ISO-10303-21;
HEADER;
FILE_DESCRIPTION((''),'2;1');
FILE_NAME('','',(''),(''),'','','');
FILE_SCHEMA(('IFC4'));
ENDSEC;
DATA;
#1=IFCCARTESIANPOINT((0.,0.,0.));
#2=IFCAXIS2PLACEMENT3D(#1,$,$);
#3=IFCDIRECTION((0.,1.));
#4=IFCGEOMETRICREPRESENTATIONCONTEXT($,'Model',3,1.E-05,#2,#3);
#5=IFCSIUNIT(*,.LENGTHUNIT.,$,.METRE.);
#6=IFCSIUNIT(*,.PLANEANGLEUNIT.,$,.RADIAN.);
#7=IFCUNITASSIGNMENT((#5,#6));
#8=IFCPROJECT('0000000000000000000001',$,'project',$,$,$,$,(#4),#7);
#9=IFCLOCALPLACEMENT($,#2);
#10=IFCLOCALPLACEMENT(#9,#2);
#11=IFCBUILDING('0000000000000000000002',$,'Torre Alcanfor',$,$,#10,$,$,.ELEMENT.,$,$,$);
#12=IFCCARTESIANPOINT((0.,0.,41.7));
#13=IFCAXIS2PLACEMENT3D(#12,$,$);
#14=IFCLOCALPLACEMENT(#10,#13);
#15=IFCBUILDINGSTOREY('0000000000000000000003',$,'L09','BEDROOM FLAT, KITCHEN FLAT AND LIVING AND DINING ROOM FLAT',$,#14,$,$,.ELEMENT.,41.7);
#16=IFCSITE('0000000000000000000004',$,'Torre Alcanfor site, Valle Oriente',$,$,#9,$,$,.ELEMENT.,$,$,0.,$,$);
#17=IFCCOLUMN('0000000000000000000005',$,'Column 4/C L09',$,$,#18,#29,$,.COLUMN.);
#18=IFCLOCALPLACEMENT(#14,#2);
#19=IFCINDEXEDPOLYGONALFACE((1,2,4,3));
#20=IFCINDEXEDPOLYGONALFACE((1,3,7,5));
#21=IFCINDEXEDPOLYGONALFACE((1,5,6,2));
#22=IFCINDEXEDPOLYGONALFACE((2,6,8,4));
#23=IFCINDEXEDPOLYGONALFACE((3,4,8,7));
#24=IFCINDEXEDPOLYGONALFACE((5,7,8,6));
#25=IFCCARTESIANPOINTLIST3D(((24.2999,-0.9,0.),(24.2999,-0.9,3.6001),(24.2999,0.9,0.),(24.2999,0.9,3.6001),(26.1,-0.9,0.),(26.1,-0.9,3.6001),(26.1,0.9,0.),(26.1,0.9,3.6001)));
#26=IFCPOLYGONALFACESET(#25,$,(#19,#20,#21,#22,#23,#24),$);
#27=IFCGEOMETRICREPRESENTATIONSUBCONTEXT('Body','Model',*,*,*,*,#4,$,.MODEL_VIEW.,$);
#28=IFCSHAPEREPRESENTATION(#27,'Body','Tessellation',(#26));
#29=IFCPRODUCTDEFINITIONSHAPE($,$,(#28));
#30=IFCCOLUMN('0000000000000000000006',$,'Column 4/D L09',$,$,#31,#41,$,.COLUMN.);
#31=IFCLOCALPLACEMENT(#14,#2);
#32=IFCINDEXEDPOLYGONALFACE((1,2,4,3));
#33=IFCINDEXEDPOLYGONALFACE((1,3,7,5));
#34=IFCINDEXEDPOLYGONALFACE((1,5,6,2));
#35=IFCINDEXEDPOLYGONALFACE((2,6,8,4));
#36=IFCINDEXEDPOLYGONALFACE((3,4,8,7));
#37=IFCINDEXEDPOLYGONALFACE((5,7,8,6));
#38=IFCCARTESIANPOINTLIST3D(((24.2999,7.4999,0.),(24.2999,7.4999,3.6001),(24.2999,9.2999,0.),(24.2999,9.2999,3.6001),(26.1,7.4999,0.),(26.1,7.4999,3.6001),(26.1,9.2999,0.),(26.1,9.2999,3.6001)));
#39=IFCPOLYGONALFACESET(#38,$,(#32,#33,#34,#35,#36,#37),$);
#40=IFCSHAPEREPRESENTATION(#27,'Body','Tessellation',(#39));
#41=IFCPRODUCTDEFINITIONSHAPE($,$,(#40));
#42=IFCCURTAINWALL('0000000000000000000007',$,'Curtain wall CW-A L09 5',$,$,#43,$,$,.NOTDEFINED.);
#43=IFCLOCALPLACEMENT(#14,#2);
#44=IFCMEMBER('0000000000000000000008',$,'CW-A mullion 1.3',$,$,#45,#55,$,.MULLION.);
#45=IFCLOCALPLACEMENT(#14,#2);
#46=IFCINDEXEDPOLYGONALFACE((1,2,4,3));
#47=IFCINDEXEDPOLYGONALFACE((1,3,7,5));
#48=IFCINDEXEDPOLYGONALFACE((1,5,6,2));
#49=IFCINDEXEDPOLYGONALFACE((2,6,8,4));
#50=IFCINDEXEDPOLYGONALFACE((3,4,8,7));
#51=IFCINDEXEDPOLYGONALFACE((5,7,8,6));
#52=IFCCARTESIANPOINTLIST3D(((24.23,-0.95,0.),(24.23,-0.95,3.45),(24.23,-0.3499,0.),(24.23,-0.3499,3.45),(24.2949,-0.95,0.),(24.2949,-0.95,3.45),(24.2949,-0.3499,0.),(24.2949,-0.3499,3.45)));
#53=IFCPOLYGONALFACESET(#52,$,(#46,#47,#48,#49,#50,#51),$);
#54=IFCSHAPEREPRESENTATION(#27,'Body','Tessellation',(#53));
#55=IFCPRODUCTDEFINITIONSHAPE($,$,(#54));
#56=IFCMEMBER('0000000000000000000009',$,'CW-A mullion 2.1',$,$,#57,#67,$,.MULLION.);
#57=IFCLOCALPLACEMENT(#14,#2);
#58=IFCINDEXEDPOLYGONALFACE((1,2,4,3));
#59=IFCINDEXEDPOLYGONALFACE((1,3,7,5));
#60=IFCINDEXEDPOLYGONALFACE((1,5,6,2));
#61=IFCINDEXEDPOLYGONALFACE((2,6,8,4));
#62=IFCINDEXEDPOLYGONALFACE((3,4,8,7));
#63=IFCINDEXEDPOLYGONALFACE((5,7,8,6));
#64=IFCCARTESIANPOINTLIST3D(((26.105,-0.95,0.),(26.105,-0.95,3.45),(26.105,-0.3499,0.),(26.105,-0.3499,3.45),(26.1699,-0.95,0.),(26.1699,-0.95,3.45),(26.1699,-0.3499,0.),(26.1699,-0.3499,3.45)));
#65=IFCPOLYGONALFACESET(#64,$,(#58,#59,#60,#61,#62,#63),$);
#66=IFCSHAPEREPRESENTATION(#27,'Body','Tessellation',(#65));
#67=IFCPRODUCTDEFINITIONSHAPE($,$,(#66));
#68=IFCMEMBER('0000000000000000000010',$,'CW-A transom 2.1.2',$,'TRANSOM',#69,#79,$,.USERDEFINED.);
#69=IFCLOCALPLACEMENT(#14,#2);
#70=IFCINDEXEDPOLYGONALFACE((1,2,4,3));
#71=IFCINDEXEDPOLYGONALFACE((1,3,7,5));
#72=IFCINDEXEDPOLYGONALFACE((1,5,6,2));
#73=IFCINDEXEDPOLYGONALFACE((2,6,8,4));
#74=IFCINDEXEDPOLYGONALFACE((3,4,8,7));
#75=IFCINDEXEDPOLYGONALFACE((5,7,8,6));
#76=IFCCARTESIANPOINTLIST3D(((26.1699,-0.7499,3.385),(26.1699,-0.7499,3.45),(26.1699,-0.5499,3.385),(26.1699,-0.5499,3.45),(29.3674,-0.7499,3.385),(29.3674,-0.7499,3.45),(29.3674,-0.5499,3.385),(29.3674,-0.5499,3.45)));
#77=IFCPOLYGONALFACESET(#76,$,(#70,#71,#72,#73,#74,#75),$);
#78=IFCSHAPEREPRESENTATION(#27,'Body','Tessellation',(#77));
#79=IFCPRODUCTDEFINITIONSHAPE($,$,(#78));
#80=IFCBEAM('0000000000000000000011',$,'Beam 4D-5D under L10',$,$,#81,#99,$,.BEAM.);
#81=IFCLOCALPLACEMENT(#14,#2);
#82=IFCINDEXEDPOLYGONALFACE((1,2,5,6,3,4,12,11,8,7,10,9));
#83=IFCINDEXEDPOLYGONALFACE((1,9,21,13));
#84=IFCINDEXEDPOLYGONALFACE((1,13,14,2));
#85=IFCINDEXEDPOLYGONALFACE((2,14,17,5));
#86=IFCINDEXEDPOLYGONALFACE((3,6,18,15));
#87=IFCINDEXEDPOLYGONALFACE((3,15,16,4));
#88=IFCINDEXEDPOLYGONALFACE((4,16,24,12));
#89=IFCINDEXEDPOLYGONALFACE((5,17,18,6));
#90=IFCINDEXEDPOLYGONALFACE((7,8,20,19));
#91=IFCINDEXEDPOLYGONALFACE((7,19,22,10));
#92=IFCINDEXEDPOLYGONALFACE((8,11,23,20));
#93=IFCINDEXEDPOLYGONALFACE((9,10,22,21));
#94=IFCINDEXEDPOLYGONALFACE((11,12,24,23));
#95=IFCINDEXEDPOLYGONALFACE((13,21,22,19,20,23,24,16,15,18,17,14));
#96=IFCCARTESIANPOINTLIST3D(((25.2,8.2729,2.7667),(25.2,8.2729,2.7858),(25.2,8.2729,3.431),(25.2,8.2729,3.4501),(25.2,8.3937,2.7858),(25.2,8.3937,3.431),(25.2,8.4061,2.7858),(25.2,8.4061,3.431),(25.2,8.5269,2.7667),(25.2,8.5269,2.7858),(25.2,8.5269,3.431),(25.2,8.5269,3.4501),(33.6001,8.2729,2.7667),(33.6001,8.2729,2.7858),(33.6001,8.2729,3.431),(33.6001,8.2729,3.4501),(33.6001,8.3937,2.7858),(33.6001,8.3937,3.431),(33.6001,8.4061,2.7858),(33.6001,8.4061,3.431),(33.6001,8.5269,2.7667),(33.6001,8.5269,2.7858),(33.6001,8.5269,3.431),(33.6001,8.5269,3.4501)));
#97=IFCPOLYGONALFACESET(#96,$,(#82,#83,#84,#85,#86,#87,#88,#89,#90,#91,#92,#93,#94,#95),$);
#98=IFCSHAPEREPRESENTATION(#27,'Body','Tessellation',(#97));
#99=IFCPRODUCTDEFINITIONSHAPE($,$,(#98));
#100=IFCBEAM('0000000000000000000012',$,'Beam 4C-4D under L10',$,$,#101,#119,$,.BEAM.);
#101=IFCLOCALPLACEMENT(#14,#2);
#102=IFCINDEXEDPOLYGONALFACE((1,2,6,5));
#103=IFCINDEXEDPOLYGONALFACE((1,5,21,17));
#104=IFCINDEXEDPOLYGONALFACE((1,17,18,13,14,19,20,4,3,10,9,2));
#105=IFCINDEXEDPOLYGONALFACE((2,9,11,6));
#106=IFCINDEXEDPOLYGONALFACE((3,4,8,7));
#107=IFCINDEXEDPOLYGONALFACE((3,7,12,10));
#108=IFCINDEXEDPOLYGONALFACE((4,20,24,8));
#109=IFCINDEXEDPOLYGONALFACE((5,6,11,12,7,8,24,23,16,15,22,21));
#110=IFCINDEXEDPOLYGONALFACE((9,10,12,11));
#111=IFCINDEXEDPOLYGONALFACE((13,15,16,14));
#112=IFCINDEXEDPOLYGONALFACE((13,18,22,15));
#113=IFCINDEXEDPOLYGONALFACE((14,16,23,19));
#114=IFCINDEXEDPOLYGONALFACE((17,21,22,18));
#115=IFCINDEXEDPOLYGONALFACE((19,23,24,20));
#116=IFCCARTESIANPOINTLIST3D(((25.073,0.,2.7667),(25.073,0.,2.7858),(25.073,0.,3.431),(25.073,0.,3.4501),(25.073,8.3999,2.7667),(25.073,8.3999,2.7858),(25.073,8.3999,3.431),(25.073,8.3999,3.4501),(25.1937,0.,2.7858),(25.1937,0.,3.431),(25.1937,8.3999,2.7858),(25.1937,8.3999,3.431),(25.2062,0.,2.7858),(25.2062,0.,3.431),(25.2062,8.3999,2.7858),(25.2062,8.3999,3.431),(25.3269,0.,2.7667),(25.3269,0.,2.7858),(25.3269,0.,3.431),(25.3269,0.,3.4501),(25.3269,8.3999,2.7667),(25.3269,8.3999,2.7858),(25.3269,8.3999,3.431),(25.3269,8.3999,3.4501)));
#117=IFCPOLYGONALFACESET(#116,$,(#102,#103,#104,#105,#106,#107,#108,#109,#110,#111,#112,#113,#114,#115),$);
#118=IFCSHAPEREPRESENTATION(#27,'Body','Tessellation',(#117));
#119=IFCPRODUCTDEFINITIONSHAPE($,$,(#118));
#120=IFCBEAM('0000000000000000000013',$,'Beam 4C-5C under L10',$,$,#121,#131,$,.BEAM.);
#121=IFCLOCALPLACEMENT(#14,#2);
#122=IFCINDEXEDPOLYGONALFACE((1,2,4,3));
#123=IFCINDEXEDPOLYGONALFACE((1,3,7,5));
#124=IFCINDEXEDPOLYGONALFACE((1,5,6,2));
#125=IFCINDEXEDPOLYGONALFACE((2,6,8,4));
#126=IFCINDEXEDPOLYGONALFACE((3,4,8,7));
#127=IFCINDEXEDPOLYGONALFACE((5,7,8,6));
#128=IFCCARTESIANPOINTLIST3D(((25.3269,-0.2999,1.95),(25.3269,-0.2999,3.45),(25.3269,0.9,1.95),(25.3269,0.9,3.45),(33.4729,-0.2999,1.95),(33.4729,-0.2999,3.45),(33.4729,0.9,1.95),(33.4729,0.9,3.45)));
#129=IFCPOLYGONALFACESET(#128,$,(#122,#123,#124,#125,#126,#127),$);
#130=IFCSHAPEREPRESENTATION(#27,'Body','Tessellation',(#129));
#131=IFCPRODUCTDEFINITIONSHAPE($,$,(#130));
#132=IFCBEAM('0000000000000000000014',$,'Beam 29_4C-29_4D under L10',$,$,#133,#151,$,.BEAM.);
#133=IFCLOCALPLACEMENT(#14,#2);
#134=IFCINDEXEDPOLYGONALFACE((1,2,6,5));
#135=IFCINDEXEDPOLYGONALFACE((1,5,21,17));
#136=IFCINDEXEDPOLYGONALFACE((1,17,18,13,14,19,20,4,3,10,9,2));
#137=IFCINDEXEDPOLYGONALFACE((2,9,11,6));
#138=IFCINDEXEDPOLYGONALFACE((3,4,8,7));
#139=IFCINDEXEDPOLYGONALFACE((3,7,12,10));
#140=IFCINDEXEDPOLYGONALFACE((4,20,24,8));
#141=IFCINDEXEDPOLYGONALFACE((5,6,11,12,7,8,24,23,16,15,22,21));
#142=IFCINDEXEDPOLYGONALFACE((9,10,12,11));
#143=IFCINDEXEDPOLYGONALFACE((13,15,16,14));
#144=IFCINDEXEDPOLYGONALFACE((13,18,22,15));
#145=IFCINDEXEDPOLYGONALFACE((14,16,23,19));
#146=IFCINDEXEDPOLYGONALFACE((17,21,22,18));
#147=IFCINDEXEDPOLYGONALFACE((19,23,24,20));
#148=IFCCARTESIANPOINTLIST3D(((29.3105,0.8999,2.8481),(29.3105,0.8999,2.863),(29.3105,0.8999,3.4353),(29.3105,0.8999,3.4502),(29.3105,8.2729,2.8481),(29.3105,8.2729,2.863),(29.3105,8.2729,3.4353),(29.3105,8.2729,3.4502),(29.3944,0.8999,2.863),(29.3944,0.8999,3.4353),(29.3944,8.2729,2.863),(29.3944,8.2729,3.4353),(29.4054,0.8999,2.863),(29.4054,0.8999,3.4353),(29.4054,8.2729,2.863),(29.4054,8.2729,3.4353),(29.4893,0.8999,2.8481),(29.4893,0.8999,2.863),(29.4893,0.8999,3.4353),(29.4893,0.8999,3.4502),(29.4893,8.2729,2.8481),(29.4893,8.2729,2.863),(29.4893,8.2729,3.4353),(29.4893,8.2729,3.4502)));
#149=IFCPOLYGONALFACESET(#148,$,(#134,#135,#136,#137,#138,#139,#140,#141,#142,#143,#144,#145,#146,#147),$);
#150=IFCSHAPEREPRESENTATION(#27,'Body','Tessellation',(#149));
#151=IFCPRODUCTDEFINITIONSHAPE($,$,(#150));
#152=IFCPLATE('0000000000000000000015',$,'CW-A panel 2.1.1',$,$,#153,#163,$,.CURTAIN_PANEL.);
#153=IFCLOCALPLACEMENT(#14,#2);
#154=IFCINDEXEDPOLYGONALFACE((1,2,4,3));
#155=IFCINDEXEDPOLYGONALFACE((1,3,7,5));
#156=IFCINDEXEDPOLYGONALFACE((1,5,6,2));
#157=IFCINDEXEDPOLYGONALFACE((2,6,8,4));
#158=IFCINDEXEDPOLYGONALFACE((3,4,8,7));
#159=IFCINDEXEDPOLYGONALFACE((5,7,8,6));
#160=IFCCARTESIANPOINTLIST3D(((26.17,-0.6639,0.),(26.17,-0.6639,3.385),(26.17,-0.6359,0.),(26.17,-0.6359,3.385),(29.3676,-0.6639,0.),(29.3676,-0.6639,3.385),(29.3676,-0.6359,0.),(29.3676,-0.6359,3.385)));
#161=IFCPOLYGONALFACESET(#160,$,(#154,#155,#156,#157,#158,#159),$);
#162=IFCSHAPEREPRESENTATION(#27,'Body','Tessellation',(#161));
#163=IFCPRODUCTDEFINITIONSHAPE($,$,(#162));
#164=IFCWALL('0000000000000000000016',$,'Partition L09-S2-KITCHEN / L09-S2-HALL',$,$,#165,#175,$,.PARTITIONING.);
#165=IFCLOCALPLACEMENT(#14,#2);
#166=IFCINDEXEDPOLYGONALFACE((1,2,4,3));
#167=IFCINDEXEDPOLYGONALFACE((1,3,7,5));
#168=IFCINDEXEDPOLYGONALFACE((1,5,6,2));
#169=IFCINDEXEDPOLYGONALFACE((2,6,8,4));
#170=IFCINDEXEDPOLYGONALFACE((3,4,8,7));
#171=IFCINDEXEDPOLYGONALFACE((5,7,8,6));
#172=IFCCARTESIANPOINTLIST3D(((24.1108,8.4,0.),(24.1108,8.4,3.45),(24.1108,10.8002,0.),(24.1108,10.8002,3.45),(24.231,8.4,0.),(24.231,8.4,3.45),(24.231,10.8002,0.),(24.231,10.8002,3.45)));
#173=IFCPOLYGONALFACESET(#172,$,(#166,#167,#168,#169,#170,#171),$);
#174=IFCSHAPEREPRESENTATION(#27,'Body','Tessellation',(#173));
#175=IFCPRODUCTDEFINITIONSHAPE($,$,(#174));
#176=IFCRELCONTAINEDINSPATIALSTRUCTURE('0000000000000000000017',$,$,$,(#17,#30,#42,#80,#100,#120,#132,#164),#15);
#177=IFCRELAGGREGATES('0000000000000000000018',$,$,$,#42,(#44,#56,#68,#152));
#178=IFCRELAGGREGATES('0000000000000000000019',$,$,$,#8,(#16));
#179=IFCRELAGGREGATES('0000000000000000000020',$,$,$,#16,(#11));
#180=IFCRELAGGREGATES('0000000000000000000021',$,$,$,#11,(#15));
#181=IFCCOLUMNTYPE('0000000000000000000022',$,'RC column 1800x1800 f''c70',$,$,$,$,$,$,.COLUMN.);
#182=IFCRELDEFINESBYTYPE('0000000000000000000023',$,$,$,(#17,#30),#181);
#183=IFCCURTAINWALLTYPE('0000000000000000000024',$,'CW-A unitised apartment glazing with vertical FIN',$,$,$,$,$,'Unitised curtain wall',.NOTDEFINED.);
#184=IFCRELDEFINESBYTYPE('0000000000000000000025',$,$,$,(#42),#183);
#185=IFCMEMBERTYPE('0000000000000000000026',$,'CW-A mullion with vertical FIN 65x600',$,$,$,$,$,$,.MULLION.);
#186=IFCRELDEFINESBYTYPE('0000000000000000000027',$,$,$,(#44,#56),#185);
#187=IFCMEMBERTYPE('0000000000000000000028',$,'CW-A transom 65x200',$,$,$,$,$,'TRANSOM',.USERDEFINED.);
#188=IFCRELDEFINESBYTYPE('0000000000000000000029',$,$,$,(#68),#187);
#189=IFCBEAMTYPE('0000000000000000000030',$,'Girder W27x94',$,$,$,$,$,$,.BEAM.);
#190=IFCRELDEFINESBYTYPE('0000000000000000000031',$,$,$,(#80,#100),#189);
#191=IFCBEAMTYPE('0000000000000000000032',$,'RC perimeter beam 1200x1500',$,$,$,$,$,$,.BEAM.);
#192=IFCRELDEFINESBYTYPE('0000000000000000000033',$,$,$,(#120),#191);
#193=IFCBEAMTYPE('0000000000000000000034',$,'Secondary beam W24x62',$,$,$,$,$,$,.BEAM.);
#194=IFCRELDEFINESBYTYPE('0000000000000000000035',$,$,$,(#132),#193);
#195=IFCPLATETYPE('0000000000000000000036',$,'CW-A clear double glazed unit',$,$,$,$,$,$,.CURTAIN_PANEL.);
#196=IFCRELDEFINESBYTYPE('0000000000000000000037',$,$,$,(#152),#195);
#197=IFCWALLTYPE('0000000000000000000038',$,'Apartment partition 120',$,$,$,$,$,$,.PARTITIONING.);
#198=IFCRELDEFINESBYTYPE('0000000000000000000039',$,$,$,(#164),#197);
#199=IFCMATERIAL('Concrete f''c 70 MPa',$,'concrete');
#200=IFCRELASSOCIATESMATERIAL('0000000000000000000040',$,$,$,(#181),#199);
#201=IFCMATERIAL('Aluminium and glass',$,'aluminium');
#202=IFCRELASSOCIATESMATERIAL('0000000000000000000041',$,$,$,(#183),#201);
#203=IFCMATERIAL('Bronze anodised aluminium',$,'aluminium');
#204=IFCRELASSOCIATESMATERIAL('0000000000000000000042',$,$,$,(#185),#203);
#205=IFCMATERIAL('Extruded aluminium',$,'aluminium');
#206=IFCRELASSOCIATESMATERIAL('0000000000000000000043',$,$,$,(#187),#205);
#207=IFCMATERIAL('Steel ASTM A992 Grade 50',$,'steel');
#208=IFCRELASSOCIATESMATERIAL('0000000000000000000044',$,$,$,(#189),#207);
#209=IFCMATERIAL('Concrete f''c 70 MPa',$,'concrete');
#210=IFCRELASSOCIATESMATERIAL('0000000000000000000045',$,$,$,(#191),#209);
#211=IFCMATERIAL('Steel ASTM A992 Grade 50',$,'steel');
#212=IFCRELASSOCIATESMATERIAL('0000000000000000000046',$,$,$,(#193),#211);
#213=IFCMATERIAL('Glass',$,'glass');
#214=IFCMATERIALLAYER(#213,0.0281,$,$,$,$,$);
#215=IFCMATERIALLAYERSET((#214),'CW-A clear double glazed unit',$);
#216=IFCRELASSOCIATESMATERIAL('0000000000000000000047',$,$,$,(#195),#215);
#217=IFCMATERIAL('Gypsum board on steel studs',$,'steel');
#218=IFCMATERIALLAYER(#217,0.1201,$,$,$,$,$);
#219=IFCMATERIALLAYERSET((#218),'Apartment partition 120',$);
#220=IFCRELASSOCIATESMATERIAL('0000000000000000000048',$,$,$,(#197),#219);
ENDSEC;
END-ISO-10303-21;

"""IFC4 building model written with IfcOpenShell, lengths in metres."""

from ifc_helpers import new_model, si_unit, direction, frame, frame_2d, origin, origin_2d, place, context, subcontext, project, spatial, rectangle, i_section, extrude, material, layer, layer_set, material_profile, profile_set, type_object, element, aggregate, save


model = new_model("IFC4")

# Units and contexts
model_context = context("Model", 3, precision=1e-05, world=origin(), true_north=direction((0.0, 1.0)))
body_context = subcontext(model_context, "Body", "Model", "MODEL_VIEW")
ifc_project = project(units=[si_unit("LENGTHUNIT", "METRE"), si_unit("PLANEANGLEUNIT", "RADIAN")], contexts=[model_context])

# Site, building, storey
site_placement = place(None, origin())
site = spatial("IfcSite", under=ifc_project, at=site_placement, Name="Torre Alcanfor site, Valle Oriente", CompositionType="ELEMENT", RefElevation=0.0)
building_placement = place(site_placement, origin())
building = spatial("IfcBuilding", under=site, at=building_placement, Name="Torre Alcanfor", CompositionType="ELEMENT")
storey_placement = place(building_placement, frame((0.0, 0.0, 41.7)))
storey = spatial("IfcBuildingStorey", under=building, at=storey_placement, Name="L09", Description="BEDROOM FLAT, KITCHEN FLAT AND LIVING AND DINING ROOM FLAT", CompositionType="ELEMENT", Elevation=41.7)

# Columns
ifc_material_1 = material(Name="Concrete f'c 70 MPa", Category="concrete")
ifc_material_profile_1 = material_profile(ifc_material_1, rectangle(XDim=1.8, YDim=1.8, at=origin_2d()), Name="1800x1800")
ifc_profile_set_1 = profile_set([ifc_material_profile_1], Name="Concrete f'c 70 MPa")
column_type = type_object("IfcColumnType", Name="RC column 1800x1800 f'c70", PredefinedType="COLUMN", material=ifc_profile_set_1)
for number, where, z_axis, x_axis, name in (
    (1, (25.2, 0.0, 0.0), (0.0, 0.0, 1.0), (1.0, 0.0, 0.0), "Column 4/C L09"),
    (2, (25.2, 8.3999, 0.0), (0.0, 0.0, 1.0), (1.0, 0.0, 0.0), "Column 4/D L09"),
):
    element("IfcColumn", number, at=place(storey_placement, frame(where, z_axis=z_axis, x_axis=x_axis)), inside=storey, type_object=column_type, Name=name, PredefinedType="COLUMN", context=body_context, shape_type="SweptSolid", body=[
        extrude(rectangle(XDim=1.8, YDim=1.8, at=origin_2d()), origin(), (0.0, 0.0, 1.0), 3.6001),
    ])

# Curtain wall, members
ifc_material_2 = material(Name="Aluminium and glass", Category="aluminium")
curtain_wall_type = type_object("IfcCurtainWallType", Name="CW-A unitised apartment glazing with vertical FIN", ElementType="Unitised curtain wall", PredefinedType="NOTDEFINED", material=ifc_material_2)
curtain_wall_placement = place(storey_placement, origin())
curtain_wall = element("IfcCurtainWall", 3, at=curtain_wall_placement, inside=storey, type_object=curtain_wall_type, Name="Curtain wall CW-A L09 5", PredefinedType="NOTDEFINED")
ifc_material_3 = material(Name="Bronze anodised aluminium", Category="aluminium")
ifc_material_profile_2 = material_profile(ifc_material_3, rectangle(XDim=0.6001, YDim=0.0649, at=origin_2d()), Name="CW-A mullion 65x600")
ifc_profile_set_2 = profile_set([ifc_material_profile_2], Name="Bronze anodised aluminium")
member_type_1 = type_object("IfcMemberType", Name="CW-A mullion with vertical FIN 65x600", PredefinedType="MULLION", material=ifc_profile_set_2)
member_1_placement = place(storey_placement, frame((24.2625, -0.6499, 0.0), z_axis=(0.0, 0.0, 1.0), x_axis=(0.0, 1.0, 0.0)))
member_1 = element("IfcMember", 4, at=member_1_placement, type_object=member_type_1, Name="CW-A mullion 1.3", PredefinedType="MULLION", context=body_context, shape_type="SweptSolid", body=[
    extrude(rectangle(XDim=0.6001, YDim=0.0649, at=origin_2d()), origin(), (0.0, 0.0, 1.0), 3.45),
])
member_2_placement = place(storey_placement, frame((26.1375, -0.6499, 0.0), z_axis=(0.0, 0.0, 1.0), x_axis=(0.0, 1.0, 0.0)))
member_2 = element("IfcMember", 5, at=member_2_placement, type_object=member_type_1, Name="CW-A mullion 2.1", PredefinedType="MULLION", context=body_context, shape_type="SweptSolid", body=[
    extrude(rectangle(XDim=0.6001, YDim=0.0649, at=origin_2d()), origin(), (0.0, 0.0, 1.0), 3.45),
])
ifc_material_4 = material(Name="Extruded aluminium", Category="aluminium")
ifc_material_profile_3 = material_profile(ifc_material_4, rectangle(XDim=0.2, YDim=0.0649, at=origin_2d()), Name="CW-A transom 200x65")
ifc_profile_set_3 = profile_set([ifc_material_profile_3], Name="Extruded aluminium")
member_type_2 = type_object("IfcMemberType", Name="CW-A transom 65x200", ElementType="TRANSOM", PredefinedType="USERDEFINED", material=ifc_profile_set_3)
member_3_placement = place(storey_placement, frame((26.1699, -0.6499, 3.4175), z_axis=(1.0, 0.0, 0.0), x_axis=(0.0, 1.0, 0.0)))
member_3 = element("IfcMember", 6, at=member_3_placement, type_object=member_type_2, Name="CW-A transom 2.1.2", ObjectType="TRANSOM", PredefinedType="USERDEFINED", context=body_context, shape_type="SweptSolid", body=[
    extrude(rectangle(XDim=0.2, YDim=0.0649, at=origin_2d()), origin(), (0.0, 0.0, 1.0), 3.1975),
])

# Beams
ifc_material_5 = material(Name="Steel ASTM A992 Grade 50", Category="steel")
ifc_material_profile_4 = material_profile(ifc_material_5, i_section(OverallWidth=0.2539, OverallDepth=0.6833, WebThickness=0.0125, FlangeThickness=0.019, at=origin_2d()), Name="W27x94")
ifc_profile_set_4 = profile_set([ifc_material_profile_4], Name="Steel ASTM A992 Grade 50")
beam_type_1 = type_object("IfcBeamType", Name="Girder W27x94", PredefinedType="BEAM", material=ifc_profile_set_4)
beam_1_placement = place(storey_placement, frame((25.2, 8.3999, 3.1084), z_axis=(1.0, 0.0, 0.0), x_axis=(0.0, 1.0, 0.0)))
element("IfcBeam", 7, at=beam_1_placement, inside=storey, type_object=beam_type_1, Name="Beam 4D-5D under L10", PredefinedType="BEAM", context=body_context, shape_type="SweptSolid", body=[
    extrude(i_section(OverallWidth=0.2539, OverallDepth=0.6833, WebThickness=0.0125, FlangeThickness=0.019, at=origin_2d()), origin(), (0.0, 0.0, 1.0), 8.4001),
])
beam_2_placement = place(storey_placement, frame((25.2, 0.0, 3.1084), z_axis=(0.0, 1.0, 0.0), x_axis=(-1.0, 0.0, 0.0)))
element("IfcBeam", 8, at=beam_2_placement, inside=storey, type_object=beam_type_1, Name="Beam 4C-4D under L10", PredefinedType="BEAM", context=body_context, shape_type="SweptSolid", body=[
    extrude(i_section(OverallWidth=0.2539, OverallDepth=0.6833, WebThickness=0.0125, FlangeThickness=0.019, at=origin_2d()), origin(), (0.0, 0.0, 1.0), 8.3999),
])
ifc_material_6 = material(Name="Concrete f'c 70 MPa", Category="concrete")
ifc_material_profile_5 = material_profile(ifc_material_6, rectangle(XDim=1.2, YDim=1.5, at=origin_2d()), Name="1200x1500")
ifc_profile_set_5 = profile_set([ifc_material_profile_5], Name="Concrete f'c 70 MPa")
beam_type_2 = type_object("IfcBeamType", Name="RC perimeter beam 1200x1500", PredefinedType="BEAM", material=ifc_profile_set_5)
beam_3_placement = place(storey_placement, frame((25.3269, 0.3, 2.7), z_axis=(1.0, 0.0, 0.0), x_axis=(0.0, 1.0, 0.0)))
element("IfcBeam", 9, at=beam_3_placement, inside=storey, type_object=beam_type_2, Name="Beam 4C-5C under L10", PredefinedType="BEAM", context=body_context, shape_type="SweptSolid", body=[
    extrude(rectangle(XDim=1.2, YDim=1.5, at=origin_2d()), origin(), (0.0, 0.0, 1.0), 8.146),
])
ifc_material_7 = material(Name="Steel ASTM A992 Grade 50", Category="steel")
ifc_material_profile_6 = material_profile(ifc_material_7, i_section(OverallWidth=0.1787, OverallDepth=0.6021, WebThickness=0.011, FlangeThickness=0.0149, at=origin_2d()), Name="W24x62")
ifc_profile_set_6 = profile_set([ifc_material_profile_6], Name="Steel ASTM A992 Grade 50")
beam_type_3 = type_object("IfcBeamType", Name="Secondary beam W24x62", PredefinedType="BEAM", material=ifc_profile_set_6)
beam_4_placement = place(storey_placement, frame((29.3999, 0.8999, 3.1492), z_axis=(0.0, 1.0, 0.0), x_axis=(-1.0, 0.0, 0.0)))
element("IfcBeam", 10, at=beam_4_placement, inside=storey, type_object=beam_type_3, Name="Beam 29_4C-29_4D under L10", PredefinedType="BEAM", context=body_context, shape_type="SweptSolid", body=[
    extrude(i_section(OverallWidth=0.1787, OverallDepth=0.6021, WebThickness=0.011, FlangeThickness=0.0149, at=origin_2d()), origin(), (0.0, 0.0, 1.0), 7.373),
])

# Plate
ifc_material_8 = material(Name="Glass", Category="glass")
ifc_layer_1 = layer(ifc_material_8, 0.0281)
ifc_layer_set_1 = layer_set([ifc_layer_1], Name="CW-A clear double glazed unit")
plate_type = type_object("IfcPlateType", Name="CW-A clear double glazed unit", PredefinedType="CURTAIN_PANEL", material=ifc_layer_set_1)
plate_placement = place(storey_placement, frame((27.7688, -0.6499, 0.0), z_axis=(0.0, 0.0, 1.0), x_axis=(1.0, 0.0, 0.0)))
plate = element("IfcPlate", 11, at=plate_placement, type_object=plate_type, Name="CW-A panel 2.1.1", PredefinedType="CURTAIN_PANEL", context=body_context, shape_type="SweptSolid", body=[
    extrude(rectangle(XDim=3.1975, YDim=0.0281, at=origin_2d()), origin(), (0.0, 0.0, 1.0), 3.385),
])
aggregate(curtain_wall, [member_1, member_2, member_3, plate])

# Wall
ifc_material_9 = material(Name="Gypsum board on steel studs", Category="steel")
ifc_layer_2 = layer(ifc_material_9, 0.1201)
ifc_layer_set_2 = layer_set([ifc_layer_2], Name="Apartment partition 120")
wall_type = type_object("IfcWallType", Name="Apartment partition 120", PredefinedType="PARTITIONING", material=ifc_layer_set_2)
wall_1_placement = place(storey_placement, frame((24.1709, 8.3999, 0.0), z_axis=(0.0, 0.0, 1.0), x_axis=(0.0, 1.0, 0.0)))
element("IfcWall", 12, at=wall_1_placement, inside=storey, type_object=wall_type, Name="Partition L09-S2-KITCHEN / L09-S2-HALL", PredefinedType="PARTITIONING", context=body_context, shape_type="SweptSolid", body=[
    extrude(rectangle(XDim=2.4001, YDim=0.1201, at=frame_2d((1.2002, 0.0))), origin(), (0.0, 0.0, 1.0), 3.45),
])

save(model, "model.ifc")
